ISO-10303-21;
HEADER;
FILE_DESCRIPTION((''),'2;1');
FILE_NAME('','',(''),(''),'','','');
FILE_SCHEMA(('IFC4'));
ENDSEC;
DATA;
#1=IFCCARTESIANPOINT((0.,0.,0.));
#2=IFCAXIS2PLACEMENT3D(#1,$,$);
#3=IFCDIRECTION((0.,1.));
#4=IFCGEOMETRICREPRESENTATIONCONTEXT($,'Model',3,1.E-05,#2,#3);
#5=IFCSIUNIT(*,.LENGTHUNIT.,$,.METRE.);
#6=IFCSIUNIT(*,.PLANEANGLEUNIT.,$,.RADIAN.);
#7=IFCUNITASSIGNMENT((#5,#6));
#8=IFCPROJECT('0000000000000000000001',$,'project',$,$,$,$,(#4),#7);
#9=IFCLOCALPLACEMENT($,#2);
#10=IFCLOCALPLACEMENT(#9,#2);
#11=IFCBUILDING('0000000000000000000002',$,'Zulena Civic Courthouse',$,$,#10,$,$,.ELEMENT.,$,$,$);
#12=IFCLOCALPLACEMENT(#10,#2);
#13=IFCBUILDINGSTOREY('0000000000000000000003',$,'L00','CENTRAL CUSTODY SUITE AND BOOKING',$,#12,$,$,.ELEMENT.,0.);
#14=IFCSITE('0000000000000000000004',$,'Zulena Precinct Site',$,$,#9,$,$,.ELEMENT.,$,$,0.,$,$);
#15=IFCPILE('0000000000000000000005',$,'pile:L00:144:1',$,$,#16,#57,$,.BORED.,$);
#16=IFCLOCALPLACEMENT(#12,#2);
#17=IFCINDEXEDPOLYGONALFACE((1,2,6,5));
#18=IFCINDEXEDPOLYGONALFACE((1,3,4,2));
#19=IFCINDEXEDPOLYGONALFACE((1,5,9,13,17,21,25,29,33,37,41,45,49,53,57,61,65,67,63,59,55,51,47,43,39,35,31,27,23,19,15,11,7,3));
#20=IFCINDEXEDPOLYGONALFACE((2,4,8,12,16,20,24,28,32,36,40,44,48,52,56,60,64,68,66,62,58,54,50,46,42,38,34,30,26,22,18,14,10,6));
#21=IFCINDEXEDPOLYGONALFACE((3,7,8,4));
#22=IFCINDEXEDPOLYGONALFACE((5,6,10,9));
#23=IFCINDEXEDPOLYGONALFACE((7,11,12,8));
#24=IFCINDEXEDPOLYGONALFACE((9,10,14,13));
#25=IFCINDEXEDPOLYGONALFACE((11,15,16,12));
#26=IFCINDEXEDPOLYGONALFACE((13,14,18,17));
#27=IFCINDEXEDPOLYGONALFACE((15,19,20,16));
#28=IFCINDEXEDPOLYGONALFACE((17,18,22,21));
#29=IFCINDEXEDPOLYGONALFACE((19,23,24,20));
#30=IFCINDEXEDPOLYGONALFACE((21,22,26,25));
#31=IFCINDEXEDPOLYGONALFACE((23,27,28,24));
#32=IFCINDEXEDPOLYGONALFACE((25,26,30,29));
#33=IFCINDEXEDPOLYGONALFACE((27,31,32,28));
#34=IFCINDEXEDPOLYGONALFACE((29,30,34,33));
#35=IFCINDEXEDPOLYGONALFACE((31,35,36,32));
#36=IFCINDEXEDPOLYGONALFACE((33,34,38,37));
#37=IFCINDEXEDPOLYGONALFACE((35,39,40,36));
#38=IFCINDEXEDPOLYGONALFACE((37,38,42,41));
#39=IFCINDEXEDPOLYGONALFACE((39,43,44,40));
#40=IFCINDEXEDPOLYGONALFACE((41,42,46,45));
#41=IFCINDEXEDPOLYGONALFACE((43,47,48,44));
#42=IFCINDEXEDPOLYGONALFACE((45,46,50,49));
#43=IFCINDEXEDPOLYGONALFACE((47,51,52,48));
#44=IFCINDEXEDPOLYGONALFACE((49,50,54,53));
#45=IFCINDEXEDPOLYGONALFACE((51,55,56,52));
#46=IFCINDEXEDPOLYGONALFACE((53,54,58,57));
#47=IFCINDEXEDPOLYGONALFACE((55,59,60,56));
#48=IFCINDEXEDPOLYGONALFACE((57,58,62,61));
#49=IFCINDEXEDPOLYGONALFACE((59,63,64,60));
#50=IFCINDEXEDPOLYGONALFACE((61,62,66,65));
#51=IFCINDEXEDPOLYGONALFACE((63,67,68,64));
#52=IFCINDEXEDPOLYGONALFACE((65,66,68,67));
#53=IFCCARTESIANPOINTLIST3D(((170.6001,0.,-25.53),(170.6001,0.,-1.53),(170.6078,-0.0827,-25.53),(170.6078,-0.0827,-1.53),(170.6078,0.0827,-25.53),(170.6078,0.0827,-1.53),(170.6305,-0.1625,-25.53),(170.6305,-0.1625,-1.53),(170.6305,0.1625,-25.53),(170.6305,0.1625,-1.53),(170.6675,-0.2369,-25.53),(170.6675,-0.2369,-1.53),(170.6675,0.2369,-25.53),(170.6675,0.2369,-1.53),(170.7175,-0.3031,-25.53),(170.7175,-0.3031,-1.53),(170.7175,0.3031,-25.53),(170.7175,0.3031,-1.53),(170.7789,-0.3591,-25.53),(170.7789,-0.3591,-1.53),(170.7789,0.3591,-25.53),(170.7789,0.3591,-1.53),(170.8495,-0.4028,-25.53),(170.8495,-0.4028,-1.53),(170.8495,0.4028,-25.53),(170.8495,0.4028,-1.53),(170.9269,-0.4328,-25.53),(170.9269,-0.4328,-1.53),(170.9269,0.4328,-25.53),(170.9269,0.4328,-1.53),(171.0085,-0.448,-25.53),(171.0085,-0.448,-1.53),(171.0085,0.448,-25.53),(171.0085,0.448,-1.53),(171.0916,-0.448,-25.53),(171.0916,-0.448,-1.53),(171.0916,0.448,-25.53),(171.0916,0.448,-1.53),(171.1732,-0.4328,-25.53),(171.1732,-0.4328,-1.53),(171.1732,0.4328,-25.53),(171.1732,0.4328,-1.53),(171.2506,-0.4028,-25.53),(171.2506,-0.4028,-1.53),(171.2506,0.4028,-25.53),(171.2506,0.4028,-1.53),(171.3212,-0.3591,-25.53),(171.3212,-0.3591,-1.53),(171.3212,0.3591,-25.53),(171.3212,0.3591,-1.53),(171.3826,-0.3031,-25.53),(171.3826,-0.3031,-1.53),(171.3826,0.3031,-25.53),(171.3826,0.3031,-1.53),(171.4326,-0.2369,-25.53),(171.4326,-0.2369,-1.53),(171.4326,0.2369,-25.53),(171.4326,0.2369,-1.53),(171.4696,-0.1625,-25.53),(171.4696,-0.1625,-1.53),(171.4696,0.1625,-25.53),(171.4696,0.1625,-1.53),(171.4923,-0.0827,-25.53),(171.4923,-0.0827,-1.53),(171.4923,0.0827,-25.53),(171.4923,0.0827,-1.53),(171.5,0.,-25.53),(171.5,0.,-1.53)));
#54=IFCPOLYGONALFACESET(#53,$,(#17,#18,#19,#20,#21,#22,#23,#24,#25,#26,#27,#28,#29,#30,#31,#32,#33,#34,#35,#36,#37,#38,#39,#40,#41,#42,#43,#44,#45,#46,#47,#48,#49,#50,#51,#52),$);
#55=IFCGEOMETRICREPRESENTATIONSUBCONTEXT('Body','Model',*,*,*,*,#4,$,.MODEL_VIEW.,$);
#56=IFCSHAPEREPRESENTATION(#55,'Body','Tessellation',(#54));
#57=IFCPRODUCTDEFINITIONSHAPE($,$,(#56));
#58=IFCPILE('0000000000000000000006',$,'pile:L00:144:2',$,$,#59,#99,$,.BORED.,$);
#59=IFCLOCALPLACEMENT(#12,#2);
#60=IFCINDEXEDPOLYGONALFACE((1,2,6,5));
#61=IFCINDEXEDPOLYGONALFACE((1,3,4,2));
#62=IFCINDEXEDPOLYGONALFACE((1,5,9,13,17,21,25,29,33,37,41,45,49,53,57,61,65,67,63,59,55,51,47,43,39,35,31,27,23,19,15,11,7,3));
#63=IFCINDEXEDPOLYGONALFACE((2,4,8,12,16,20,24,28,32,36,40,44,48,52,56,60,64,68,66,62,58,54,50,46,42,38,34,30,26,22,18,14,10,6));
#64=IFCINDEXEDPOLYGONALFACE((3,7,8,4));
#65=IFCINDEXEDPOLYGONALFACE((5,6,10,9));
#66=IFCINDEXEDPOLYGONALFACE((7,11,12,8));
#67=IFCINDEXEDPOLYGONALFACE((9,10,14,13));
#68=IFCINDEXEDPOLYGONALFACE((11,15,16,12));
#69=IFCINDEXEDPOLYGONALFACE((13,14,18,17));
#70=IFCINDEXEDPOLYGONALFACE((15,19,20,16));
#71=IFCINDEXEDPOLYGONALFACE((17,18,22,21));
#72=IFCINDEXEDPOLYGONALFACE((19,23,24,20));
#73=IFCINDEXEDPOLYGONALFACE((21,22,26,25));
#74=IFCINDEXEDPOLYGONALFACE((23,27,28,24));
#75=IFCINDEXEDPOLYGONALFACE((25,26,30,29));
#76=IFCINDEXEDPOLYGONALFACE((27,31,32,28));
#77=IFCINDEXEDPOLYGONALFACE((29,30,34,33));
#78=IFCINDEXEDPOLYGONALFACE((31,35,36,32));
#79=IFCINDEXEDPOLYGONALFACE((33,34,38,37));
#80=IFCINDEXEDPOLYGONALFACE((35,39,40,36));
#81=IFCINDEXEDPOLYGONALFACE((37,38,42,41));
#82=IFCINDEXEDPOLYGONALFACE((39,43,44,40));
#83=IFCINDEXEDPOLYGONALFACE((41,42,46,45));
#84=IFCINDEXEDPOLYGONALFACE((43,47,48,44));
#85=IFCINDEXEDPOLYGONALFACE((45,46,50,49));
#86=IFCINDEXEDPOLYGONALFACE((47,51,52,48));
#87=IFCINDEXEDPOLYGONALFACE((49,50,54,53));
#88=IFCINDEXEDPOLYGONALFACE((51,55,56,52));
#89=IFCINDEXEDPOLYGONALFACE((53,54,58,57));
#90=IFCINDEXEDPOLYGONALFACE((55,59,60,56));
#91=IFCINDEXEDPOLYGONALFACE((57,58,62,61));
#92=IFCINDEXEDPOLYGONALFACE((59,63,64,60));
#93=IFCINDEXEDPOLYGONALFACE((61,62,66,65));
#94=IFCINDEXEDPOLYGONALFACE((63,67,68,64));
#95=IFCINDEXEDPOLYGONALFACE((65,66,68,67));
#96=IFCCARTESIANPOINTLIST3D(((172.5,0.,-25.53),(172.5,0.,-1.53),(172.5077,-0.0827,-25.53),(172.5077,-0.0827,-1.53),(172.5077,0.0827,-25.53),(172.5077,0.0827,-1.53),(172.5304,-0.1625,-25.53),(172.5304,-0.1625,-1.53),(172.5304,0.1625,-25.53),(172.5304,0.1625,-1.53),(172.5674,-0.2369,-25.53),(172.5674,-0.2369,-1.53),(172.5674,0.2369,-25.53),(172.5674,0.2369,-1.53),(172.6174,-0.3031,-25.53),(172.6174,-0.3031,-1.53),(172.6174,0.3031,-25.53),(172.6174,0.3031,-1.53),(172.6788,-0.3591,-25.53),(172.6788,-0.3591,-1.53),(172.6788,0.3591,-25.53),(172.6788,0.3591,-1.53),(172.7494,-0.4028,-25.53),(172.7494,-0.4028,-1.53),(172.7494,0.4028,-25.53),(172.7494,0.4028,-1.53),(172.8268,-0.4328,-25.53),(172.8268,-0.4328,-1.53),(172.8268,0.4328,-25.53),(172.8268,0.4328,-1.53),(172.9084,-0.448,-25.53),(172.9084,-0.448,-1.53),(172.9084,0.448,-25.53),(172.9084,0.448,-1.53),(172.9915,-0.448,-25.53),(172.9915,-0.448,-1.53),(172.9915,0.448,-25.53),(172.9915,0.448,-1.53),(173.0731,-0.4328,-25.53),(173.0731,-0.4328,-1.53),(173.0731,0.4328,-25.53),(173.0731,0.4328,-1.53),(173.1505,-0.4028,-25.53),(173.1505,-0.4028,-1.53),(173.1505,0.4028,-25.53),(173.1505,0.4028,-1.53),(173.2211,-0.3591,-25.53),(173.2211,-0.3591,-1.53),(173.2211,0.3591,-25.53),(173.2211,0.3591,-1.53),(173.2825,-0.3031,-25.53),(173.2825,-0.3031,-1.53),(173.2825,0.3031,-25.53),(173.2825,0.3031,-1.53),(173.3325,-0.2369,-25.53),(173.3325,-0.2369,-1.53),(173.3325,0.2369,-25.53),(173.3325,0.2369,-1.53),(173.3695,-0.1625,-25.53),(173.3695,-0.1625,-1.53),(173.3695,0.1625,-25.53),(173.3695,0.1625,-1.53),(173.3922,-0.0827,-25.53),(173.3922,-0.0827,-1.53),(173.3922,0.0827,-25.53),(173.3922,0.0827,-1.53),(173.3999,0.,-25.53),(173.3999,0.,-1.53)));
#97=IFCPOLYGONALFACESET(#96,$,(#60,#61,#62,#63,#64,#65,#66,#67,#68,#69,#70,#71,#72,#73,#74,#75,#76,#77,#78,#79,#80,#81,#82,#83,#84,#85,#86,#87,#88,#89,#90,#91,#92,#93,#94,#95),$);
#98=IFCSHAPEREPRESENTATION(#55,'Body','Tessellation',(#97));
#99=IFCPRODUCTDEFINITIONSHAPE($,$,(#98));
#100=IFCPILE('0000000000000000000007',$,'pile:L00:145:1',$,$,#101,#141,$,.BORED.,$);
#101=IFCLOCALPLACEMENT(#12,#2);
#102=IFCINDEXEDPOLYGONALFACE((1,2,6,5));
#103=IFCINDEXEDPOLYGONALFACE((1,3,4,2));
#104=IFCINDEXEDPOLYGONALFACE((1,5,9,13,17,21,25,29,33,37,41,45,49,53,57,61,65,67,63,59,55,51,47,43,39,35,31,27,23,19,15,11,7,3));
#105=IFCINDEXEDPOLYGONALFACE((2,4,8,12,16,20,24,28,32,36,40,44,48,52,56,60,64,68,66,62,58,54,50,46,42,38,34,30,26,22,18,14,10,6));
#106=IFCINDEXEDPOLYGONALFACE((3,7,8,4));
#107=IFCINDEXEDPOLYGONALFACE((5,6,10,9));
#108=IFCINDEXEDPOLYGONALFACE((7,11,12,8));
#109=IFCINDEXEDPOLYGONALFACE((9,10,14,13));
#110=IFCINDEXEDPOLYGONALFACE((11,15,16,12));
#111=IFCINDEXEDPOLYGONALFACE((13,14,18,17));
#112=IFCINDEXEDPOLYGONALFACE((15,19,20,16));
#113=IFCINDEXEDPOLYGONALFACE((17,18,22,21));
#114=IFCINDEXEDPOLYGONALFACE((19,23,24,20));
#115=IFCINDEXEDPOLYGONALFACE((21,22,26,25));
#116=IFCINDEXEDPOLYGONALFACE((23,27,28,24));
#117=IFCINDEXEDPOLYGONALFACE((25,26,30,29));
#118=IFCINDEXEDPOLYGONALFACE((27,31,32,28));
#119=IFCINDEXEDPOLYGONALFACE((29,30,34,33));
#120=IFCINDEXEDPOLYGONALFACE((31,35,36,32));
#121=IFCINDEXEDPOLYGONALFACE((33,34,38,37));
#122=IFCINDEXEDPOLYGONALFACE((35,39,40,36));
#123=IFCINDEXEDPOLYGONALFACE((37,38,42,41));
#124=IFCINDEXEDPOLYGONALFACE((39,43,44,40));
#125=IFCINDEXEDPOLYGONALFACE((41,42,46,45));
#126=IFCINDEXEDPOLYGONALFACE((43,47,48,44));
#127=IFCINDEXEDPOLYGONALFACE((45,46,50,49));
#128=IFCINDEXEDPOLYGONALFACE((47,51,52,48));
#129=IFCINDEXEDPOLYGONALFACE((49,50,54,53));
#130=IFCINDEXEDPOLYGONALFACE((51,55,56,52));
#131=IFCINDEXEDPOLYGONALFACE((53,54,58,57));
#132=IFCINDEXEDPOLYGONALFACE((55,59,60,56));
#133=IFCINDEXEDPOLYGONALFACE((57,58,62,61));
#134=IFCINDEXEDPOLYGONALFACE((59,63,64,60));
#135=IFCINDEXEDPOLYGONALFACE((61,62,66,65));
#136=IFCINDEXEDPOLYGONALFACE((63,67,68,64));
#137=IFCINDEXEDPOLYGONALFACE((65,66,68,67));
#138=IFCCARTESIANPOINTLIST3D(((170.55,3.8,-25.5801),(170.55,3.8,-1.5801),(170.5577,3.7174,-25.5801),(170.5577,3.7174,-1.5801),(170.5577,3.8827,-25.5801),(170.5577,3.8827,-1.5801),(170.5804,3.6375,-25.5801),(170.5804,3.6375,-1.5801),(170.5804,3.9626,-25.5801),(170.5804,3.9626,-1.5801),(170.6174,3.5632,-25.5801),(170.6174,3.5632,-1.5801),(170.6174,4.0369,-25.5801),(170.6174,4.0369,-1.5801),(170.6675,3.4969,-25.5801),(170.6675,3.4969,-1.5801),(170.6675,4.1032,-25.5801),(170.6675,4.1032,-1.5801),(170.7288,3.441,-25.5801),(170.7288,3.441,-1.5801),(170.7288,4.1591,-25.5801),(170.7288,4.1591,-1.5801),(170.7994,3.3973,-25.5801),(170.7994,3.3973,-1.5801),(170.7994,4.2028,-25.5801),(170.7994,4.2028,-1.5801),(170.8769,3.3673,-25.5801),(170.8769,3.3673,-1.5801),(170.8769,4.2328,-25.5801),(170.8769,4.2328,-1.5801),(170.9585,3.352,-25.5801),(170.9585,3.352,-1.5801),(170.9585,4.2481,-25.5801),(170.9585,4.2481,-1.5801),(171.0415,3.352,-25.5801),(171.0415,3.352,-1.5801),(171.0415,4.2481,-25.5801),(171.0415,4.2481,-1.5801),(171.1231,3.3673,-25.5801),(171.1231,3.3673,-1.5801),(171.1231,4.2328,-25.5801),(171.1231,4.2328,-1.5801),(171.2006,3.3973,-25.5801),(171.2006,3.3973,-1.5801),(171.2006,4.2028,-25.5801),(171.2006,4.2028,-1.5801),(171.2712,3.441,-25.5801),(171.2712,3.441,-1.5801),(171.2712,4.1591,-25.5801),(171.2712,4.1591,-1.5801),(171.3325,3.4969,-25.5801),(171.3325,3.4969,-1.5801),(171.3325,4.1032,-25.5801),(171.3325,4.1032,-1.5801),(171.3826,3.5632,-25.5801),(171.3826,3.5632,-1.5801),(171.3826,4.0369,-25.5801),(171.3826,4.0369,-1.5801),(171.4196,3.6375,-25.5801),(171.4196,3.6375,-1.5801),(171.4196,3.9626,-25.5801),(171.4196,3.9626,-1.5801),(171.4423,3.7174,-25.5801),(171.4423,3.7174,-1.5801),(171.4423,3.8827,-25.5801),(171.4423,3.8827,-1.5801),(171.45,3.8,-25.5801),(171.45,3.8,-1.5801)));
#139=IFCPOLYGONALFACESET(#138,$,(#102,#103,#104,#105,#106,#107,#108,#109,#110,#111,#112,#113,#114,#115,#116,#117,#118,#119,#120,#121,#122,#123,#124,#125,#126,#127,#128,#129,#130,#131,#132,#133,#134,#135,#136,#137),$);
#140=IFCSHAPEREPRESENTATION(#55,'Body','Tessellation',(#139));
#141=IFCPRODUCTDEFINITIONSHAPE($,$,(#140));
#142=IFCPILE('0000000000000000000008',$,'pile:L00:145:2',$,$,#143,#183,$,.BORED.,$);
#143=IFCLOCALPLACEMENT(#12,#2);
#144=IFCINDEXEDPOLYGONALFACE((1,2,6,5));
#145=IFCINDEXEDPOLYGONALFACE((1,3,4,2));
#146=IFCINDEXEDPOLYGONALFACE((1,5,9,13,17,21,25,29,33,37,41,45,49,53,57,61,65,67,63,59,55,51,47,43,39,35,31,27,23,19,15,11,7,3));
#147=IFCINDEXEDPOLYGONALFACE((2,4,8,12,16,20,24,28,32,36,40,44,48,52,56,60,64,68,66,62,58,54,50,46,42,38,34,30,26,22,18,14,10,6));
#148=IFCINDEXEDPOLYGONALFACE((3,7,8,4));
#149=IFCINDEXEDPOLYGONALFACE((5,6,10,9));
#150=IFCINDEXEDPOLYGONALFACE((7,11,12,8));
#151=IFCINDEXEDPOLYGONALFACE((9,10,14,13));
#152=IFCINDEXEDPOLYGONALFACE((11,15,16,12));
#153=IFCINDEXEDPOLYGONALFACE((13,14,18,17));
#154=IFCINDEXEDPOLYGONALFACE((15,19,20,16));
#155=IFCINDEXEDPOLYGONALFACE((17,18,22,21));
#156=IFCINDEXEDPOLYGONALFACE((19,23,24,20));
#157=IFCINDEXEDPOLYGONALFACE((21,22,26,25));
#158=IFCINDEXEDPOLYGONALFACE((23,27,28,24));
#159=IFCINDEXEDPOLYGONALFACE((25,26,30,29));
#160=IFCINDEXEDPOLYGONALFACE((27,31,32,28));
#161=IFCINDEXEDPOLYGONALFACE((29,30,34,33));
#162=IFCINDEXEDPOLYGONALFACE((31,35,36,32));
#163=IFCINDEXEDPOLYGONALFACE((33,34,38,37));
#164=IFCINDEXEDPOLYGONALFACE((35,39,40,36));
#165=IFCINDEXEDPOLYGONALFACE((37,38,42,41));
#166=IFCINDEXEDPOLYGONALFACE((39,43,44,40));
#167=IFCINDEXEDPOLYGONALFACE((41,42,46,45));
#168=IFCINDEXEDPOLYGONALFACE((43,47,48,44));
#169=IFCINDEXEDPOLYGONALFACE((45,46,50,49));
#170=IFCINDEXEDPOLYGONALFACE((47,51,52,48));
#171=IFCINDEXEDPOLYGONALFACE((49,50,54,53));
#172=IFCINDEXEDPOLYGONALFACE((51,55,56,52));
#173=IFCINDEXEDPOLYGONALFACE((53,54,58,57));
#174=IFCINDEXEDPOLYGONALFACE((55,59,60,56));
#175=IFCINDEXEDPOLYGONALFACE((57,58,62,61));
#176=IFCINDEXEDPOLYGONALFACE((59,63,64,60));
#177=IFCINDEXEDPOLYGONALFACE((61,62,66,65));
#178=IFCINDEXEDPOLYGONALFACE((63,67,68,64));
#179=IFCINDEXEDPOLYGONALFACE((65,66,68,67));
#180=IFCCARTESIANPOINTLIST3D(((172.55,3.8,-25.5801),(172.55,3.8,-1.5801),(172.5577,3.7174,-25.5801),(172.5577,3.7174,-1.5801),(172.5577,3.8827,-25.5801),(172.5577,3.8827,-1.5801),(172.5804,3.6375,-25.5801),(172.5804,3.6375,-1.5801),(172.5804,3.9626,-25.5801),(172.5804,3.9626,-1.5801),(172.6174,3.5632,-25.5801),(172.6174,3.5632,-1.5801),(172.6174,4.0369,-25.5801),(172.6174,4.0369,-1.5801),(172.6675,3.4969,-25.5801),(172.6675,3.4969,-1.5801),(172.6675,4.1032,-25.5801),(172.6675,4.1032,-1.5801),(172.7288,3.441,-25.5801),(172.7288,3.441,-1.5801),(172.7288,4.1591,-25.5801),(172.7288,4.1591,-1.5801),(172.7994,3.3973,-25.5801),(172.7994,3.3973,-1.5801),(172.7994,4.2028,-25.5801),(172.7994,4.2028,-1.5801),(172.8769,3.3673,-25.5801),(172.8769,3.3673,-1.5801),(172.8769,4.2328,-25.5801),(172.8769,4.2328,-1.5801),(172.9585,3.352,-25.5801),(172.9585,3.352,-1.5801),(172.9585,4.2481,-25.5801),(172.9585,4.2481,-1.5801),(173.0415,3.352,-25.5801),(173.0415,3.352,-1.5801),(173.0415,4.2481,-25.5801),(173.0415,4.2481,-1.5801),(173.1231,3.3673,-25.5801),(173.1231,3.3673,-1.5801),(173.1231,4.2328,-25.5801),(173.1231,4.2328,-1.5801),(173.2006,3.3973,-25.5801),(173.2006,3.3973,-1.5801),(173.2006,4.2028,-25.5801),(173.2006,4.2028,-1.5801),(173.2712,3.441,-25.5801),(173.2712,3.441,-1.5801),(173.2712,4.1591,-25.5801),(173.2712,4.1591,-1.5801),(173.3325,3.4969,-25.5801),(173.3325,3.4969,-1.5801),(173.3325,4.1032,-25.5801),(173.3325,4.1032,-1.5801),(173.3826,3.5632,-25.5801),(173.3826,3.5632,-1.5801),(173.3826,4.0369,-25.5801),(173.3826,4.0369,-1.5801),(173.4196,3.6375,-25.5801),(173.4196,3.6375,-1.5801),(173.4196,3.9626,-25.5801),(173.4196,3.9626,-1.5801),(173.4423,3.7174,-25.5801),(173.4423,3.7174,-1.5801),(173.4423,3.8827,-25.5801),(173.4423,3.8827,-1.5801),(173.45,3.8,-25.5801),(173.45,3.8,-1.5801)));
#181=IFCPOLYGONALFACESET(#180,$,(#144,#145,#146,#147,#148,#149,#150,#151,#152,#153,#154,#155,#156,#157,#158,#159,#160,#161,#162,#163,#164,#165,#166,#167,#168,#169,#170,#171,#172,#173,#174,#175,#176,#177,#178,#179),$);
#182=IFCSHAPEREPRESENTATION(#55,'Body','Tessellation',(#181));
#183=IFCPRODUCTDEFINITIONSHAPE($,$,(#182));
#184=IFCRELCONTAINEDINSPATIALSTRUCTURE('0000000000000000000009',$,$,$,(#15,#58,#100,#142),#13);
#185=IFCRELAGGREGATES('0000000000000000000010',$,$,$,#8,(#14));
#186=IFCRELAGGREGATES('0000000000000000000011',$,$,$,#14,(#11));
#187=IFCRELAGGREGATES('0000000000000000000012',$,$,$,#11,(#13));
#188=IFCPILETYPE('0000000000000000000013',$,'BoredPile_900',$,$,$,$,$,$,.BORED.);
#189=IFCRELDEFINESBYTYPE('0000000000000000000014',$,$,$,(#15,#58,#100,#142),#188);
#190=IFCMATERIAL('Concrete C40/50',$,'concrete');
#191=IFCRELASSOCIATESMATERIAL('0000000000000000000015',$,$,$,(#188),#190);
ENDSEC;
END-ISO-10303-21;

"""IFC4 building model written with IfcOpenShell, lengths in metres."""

from ifc_helpers import new_model, si_unit, direction, frame, origin, origin_2d, place, context, subcontext, project, spatial, circle, extrude, material, material_profile, profile_set, type_object, element, save


model = new_model("IFC4")

# Units and contexts
model_context = context("Model", 3, precision=1e-05, world=origin(), true_north=direction((0.0, 1.0)))
body_context = subcontext(model_context, "Body", "Model", "MODEL_VIEW")
ifc_project = project(units=[si_unit("LENGTHUNIT", "METRE"), si_unit("PLANEANGLEUNIT", "RADIAN")], contexts=[model_context])

# Site, building, storey
site_placement = place(None, origin())
site = spatial("IfcSite", under=ifc_project, at=site_placement, Name="Zulena Precinct Site", CompositionType="ELEMENT", RefElevation=0.0)
building_placement = place(site_placement, origin())
building = spatial("IfcBuilding", under=site, at=building_placement, Name="Zulena Civic Courthouse", CompositionType="ELEMENT")
storey_placement = place(building_placement, origin())
storey = spatial("IfcBuildingStorey", under=building, at=storey_placement, Name="L00", Description="CENTRAL CUSTODY SUITE AND BOOKING", CompositionType="ELEMENT", Elevation=0.0)

# Piles
ifc_material_1 = material(Name="Concrete C40/50", Category="concrete")
ifc_material_profile_1 = material_profile(ifc_material_1, circle(Radius=0.45, at=origin_2d()), Name="PILE900")
ifc_profile_set_1 = profile_set([ifc_material_profile_1], Name="Concrete C40/50")
pile_type_1 = type_object("IfcPileType", Name="BoredPile_900", PredefinedType="BORED", material=ifc_profile_set_1)
for number, where, z_axis, x_axis, name in (
    (1, (171.05, 0.0, -1.53), (0.0, 0.0, -1.0), (1.0, 0.0, 0.0), "pile:L00:144:1"),
    (2, (172.95, 0.0, -1.53), (0.0, 0.0, -1.0), (1.0, 0.0, 0.0), "pile:L00:144:2"),
    (3, (171.0, 3.8, -1.5801), (0.0, 0.0, -1.0), (1.0, 0.0, 0.0), "pile:L00:145:1"),
    (4, (173.0, 3.8, -1.5801), (0.0, 0.0, -1.0), (1.0, 0.0, 0.0), "pile:L00:145:2"),
):
    element("IfcPile", number, at=place(storey_placement, frame(where, z_axis=z_axis, x_axis=x_axis)), inside=storey, type_object=pile_type_1, Name=name, PredefinedType="BORED", context=body_context, shape_type="SweptSolid", body=[
        extrude(circle(Radius=0.45, at=origin_2d()), origin(), (0.0, 0.0, 1.0), 24.0),
    ])

save(model, "model.ifc")
